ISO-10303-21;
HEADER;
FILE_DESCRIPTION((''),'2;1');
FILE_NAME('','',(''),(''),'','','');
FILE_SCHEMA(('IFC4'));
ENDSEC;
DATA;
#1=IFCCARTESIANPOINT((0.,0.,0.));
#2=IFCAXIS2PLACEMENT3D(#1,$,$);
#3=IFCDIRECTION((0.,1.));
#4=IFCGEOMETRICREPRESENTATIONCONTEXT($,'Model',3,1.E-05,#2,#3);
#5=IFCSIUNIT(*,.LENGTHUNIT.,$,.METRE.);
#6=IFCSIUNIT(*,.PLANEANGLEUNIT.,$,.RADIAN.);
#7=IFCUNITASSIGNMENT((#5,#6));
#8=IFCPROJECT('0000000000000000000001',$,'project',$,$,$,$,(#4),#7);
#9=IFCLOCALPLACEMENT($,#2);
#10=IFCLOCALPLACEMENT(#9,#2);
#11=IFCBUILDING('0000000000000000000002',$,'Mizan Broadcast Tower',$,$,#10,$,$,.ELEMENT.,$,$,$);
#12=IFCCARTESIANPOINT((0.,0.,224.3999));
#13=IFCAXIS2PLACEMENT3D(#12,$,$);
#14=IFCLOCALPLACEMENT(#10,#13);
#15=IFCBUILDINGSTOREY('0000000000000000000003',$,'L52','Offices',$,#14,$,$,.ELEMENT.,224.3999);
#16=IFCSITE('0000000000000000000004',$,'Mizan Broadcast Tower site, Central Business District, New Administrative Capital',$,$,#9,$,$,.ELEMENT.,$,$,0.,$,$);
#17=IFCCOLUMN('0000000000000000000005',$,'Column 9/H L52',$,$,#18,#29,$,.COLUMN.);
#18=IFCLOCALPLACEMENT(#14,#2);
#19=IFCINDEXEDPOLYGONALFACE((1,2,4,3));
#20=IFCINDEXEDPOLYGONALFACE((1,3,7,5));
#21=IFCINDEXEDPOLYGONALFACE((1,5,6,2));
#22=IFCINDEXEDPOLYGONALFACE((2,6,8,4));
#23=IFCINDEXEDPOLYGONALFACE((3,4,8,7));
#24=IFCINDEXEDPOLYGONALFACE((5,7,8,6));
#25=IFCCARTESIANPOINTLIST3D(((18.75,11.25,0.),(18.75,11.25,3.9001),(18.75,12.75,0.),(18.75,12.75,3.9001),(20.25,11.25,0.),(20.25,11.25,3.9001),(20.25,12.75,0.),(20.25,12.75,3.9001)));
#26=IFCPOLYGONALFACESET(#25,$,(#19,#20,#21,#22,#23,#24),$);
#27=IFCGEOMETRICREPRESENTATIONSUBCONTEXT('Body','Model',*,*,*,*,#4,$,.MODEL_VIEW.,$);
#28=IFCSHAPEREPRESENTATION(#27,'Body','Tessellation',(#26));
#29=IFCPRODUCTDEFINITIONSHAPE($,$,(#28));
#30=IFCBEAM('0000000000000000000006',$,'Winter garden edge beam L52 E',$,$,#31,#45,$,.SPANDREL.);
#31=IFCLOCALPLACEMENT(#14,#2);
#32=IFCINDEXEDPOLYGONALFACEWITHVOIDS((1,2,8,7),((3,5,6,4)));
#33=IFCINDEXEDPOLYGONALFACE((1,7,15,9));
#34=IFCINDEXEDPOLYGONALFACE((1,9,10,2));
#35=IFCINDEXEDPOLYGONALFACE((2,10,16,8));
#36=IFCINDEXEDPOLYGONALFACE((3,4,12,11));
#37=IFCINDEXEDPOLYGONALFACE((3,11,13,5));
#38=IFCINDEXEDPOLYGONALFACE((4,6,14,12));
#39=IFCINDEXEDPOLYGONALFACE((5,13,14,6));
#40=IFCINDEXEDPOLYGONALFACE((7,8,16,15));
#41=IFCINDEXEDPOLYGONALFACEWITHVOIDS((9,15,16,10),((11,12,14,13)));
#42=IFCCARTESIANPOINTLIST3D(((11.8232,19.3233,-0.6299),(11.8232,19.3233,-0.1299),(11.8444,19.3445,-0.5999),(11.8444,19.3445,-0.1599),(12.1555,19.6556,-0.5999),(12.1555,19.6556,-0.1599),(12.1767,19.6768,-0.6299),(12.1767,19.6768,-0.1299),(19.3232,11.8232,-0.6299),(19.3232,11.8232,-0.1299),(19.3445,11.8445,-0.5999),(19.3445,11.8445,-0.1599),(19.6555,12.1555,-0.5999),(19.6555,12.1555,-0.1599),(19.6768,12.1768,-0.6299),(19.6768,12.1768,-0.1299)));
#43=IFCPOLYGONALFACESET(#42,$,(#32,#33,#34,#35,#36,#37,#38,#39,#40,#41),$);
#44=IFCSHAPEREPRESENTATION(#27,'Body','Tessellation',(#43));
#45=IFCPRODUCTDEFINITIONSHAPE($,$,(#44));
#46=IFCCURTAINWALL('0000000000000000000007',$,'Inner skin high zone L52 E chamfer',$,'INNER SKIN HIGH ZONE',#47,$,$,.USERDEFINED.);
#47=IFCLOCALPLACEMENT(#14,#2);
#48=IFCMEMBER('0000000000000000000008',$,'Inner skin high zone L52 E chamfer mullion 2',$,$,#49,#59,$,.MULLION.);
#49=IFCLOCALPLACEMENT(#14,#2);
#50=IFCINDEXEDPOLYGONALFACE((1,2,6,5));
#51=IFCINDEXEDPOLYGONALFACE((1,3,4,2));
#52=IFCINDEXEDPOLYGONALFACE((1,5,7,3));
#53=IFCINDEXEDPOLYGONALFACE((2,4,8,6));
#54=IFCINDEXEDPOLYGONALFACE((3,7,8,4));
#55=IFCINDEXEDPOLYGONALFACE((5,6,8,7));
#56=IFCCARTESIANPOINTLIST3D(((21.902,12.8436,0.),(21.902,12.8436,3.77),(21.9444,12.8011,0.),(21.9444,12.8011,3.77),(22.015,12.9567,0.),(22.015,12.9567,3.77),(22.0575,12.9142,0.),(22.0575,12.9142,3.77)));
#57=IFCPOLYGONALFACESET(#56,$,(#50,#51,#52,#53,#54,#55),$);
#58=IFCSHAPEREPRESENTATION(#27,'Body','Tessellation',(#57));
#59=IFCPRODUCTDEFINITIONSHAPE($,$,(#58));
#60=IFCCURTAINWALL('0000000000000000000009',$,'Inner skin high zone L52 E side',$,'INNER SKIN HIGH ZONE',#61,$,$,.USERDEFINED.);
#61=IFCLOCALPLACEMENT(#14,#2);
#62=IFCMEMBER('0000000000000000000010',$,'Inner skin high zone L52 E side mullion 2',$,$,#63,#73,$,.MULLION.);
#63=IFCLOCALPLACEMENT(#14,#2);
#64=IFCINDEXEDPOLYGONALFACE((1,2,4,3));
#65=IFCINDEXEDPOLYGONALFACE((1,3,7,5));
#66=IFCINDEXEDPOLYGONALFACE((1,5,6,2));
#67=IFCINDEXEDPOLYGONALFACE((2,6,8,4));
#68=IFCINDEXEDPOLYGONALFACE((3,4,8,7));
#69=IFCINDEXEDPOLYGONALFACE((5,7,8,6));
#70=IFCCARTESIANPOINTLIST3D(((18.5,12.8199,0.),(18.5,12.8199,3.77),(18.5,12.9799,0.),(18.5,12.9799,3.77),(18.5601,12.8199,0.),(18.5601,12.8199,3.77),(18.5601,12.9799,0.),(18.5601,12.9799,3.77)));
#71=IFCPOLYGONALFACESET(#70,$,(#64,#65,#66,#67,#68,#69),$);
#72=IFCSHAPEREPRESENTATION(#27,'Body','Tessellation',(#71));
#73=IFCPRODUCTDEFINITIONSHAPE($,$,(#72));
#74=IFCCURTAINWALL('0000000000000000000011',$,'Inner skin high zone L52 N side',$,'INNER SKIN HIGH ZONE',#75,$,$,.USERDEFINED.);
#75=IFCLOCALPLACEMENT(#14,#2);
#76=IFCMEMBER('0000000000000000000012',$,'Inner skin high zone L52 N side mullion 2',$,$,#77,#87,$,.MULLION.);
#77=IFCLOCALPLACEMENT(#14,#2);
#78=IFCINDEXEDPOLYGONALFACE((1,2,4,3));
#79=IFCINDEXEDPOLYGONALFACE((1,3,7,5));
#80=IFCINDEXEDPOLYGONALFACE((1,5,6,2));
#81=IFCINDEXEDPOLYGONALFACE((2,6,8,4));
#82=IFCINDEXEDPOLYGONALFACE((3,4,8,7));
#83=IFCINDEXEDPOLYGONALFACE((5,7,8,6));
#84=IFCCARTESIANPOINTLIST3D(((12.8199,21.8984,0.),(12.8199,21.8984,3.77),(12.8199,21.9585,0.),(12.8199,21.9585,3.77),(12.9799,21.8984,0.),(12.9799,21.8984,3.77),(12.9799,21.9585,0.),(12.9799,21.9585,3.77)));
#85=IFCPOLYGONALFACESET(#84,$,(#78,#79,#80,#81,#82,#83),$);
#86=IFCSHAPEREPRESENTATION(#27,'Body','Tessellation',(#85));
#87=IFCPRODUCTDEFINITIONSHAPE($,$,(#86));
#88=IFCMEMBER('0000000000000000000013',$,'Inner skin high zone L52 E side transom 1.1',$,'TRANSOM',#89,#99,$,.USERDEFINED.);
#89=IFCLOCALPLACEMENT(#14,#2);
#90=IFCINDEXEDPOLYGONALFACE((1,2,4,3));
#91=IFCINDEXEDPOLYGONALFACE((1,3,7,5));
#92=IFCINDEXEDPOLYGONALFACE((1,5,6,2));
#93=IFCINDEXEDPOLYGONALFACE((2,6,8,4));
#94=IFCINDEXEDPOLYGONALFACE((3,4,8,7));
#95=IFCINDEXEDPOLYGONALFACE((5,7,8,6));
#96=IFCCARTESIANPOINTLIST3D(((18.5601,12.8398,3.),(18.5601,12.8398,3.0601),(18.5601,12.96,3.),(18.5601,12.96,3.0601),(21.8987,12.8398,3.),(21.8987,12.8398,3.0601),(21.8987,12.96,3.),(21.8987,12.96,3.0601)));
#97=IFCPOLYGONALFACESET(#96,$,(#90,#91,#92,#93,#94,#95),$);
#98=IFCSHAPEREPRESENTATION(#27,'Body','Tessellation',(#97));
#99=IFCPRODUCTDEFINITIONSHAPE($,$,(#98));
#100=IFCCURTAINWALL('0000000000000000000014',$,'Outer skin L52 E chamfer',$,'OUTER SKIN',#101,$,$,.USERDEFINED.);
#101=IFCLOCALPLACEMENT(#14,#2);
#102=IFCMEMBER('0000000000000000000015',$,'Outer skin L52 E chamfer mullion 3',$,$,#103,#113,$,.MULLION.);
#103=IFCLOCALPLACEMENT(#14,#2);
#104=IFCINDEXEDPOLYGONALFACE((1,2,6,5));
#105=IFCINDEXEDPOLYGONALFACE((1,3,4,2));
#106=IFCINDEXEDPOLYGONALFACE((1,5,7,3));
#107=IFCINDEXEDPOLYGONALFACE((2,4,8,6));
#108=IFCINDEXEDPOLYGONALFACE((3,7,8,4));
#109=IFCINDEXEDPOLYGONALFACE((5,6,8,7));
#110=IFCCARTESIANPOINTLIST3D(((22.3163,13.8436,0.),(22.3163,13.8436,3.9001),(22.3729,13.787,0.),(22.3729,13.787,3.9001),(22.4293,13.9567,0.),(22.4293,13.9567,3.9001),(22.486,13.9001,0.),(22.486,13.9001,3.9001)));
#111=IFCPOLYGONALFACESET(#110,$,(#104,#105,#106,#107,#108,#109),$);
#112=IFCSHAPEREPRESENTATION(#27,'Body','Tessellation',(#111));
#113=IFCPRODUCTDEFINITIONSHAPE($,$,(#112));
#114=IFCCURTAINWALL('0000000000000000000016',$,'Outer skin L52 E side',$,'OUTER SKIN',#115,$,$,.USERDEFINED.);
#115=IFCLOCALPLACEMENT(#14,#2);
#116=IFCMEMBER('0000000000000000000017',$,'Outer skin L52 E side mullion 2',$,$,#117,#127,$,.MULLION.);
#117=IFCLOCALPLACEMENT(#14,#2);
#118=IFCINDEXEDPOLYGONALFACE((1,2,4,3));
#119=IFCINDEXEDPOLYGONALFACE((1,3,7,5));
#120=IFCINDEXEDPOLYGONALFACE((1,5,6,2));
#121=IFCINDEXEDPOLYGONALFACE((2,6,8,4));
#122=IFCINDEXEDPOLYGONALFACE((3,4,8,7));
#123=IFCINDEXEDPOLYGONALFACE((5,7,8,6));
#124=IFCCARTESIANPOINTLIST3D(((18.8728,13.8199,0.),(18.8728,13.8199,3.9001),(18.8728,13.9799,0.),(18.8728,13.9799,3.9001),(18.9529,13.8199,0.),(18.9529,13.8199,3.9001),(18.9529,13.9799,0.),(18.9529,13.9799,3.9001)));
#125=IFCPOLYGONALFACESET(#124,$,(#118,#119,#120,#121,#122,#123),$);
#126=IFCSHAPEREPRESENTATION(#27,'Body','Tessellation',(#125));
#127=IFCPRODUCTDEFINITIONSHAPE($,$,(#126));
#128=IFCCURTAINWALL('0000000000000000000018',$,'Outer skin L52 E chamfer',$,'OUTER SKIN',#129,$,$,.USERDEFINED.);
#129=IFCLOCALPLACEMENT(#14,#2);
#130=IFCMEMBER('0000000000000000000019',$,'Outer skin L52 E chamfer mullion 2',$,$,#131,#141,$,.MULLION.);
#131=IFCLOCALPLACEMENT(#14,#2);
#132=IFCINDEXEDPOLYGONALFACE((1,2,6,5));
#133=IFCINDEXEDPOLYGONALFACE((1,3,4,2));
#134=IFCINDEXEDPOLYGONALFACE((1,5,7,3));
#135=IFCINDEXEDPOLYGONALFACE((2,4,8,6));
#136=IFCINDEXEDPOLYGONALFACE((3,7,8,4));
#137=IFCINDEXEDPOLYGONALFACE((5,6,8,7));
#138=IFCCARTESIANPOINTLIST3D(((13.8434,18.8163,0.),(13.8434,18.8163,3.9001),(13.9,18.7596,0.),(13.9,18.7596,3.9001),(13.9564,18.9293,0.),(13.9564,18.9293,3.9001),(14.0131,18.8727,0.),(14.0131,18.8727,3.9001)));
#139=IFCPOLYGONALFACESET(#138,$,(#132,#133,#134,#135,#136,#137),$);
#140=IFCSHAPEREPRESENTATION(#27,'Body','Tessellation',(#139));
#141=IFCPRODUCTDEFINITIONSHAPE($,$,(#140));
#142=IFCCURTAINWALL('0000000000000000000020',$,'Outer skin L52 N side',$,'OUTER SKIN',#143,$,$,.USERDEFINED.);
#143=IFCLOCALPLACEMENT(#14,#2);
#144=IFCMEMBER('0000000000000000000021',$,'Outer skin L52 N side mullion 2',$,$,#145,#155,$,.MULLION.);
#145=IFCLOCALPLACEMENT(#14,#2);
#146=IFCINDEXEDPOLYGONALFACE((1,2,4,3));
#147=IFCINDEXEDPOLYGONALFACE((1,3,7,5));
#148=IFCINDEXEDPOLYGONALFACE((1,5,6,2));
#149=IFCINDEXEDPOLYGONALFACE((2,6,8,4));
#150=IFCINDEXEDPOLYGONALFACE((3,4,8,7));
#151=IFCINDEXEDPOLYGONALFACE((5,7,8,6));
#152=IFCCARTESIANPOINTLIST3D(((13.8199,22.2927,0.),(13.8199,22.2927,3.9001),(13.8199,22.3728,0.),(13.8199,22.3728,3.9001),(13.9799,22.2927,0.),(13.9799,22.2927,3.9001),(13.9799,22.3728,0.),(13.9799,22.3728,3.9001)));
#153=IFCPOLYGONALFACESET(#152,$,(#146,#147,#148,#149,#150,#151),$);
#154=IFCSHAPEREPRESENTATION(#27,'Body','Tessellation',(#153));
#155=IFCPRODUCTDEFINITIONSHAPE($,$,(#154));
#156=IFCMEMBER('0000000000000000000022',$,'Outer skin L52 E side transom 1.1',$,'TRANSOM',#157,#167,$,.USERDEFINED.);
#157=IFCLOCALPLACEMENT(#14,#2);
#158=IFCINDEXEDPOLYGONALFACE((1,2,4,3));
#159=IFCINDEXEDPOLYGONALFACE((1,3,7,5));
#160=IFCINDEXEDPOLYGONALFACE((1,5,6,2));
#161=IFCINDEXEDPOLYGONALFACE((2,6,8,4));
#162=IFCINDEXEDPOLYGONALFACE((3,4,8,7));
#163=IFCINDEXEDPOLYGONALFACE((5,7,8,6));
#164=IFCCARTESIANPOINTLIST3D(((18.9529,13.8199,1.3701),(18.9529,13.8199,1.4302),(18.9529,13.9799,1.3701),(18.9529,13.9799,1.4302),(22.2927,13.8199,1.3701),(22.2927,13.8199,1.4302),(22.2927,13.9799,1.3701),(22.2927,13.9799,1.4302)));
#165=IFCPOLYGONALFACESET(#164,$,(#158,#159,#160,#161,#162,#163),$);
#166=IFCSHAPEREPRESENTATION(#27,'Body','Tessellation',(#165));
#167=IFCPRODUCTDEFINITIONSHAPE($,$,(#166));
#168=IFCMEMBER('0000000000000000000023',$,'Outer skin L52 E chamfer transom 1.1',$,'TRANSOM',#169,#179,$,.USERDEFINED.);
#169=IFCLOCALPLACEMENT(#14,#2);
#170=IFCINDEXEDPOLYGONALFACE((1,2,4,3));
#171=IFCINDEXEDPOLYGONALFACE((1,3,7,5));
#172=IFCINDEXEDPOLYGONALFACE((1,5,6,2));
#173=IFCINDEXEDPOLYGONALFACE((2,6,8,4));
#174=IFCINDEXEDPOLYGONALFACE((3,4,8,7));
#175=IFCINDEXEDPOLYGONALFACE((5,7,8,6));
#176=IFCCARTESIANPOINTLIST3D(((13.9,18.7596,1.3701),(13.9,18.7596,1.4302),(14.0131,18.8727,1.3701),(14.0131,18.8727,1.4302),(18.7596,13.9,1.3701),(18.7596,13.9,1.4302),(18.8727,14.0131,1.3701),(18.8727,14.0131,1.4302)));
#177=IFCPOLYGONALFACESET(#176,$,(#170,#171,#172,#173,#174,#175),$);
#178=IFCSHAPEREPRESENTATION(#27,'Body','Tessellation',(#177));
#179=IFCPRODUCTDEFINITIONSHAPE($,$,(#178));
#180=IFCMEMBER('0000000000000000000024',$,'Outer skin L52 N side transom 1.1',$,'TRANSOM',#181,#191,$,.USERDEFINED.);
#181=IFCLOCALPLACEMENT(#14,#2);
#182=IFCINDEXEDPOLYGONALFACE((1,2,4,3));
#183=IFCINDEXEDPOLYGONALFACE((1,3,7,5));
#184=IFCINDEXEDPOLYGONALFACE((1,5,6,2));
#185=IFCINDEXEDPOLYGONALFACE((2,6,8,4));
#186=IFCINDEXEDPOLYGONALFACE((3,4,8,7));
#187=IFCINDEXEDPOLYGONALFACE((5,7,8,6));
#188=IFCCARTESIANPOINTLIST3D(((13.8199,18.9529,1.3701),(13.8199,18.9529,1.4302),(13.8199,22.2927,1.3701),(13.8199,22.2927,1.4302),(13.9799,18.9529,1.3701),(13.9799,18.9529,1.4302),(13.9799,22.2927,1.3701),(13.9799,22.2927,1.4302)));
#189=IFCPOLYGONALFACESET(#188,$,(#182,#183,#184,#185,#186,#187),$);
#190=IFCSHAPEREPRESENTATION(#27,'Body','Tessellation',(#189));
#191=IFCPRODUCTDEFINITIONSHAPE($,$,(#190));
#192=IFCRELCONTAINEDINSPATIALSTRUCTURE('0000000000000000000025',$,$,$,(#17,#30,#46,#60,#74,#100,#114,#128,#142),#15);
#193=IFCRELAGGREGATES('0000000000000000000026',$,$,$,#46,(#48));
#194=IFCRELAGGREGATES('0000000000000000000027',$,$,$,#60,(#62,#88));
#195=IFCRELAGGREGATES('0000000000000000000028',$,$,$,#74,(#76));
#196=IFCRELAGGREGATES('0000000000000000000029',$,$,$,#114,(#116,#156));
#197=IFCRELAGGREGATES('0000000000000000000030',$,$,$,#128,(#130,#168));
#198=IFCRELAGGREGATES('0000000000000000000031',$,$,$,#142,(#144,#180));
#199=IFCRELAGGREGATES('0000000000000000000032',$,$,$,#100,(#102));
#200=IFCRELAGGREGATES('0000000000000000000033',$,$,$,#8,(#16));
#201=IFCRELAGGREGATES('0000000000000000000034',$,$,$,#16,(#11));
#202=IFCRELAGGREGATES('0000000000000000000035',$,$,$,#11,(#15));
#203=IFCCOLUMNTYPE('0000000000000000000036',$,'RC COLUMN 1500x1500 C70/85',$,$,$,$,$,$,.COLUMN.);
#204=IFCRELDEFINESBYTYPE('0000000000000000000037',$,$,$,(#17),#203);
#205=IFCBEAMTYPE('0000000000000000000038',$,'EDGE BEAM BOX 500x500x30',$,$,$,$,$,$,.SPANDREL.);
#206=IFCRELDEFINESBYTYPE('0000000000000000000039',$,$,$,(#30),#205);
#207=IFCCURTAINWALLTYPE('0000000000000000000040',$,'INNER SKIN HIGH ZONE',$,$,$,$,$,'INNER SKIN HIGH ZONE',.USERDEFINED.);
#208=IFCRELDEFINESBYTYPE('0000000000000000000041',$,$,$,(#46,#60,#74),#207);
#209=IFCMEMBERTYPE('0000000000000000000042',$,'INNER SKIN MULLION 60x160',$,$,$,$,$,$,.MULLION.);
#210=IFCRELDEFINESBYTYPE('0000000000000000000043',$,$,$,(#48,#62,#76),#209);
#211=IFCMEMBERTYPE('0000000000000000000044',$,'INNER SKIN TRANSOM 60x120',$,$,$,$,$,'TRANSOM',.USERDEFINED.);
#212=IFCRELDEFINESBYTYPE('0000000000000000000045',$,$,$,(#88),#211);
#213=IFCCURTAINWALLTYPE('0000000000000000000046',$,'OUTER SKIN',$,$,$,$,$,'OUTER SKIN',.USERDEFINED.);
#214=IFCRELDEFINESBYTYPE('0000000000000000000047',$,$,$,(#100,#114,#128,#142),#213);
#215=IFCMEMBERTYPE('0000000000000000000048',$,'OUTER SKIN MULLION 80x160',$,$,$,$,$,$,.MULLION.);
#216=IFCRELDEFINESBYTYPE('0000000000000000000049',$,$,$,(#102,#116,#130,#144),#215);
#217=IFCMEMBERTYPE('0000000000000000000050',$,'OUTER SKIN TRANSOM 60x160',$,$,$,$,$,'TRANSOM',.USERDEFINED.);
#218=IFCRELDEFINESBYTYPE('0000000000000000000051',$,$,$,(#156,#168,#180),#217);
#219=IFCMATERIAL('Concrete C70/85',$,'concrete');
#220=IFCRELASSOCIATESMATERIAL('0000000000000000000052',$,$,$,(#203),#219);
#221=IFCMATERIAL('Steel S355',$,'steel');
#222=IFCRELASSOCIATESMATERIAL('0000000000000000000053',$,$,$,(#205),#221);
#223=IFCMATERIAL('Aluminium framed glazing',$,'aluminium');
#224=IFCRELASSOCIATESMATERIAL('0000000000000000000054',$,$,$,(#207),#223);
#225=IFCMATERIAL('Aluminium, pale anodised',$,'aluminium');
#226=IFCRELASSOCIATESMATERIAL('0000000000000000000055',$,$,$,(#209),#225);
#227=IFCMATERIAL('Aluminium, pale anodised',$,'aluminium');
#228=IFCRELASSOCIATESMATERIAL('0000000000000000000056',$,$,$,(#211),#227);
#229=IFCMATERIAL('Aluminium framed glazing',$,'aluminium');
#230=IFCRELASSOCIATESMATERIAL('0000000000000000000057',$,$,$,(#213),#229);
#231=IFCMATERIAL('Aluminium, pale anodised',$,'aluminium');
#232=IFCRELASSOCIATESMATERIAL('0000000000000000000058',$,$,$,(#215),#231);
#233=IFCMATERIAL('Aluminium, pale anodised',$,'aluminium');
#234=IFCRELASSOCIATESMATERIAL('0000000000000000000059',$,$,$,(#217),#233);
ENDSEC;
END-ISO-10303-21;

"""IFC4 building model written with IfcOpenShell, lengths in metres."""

from ifc_helpers import new_model, si_unit, direction, frame, origin, origin_2d, place, context, subcontext, project, spatial, rectangle, hollow_rectangle, extrude, material, material_profile, profile_set, type_object, element, aggregate, save


model = new_model("IFC4")

# Units and contexts
model_context = context("Model", 3, precision=1e-05, world=origin(), true_north=direction((0.0, 1.0)))
body_context = subcontext(model_context, "Body", "Model", "MODEL_VIEW")
ifc_project = project(units=[si_unit("LENGTHUNIT", "METRE"), si_unit("PLANEANGLEUNIT", "RADIAN")], contexts=[model_context])

# Site, building, storey
site_placement = place(None, origin())
site = spatial("IfcSite", under=ifc_project, at=site_placement, Name="Mizan Broadcast Tower site, Central Business District, New Administrative Capital", CompositionType="ELEMENT", RefElevation=0.0)
building_placement = place(site_placement, origin())
building = spatial("IfcBuilding", under=site, at=building_placement, Name="Mizan Broadcast Tower", CompositionType="ELEMENT")
storey_placement = place(building_placement, frame((0.0, 0.0, 224.3999)))
storey = spatial("IfcBuildingStorey", under=building, at=storey_placement, Name="L52", Description="Offices", CompositionType="ELEMENT", Elevation=224.3999)

# Column
ifc_material_1 = material(Name="Concrete C70/85", Category="concrete")
ifc_material_profile_1 = material_profile(ifc_material_1, rectangle(XDim=1.5, YDim=1.5, at=origin_2d()), Name="RC 1500x1500")
ifc_profile_set_1 = profile_set([ifc_material_profile_1], Name="Concrete C70/85")
column_type = type_object("IfcColumnType", Name="RC COLUMN 1500x1500 C70/85", PredefinedType="COLUMN", material=ifc_profile_set_1)
column_placement = place(storey_placement, frame((19.5, 12.0, 0.0), z_axis=(0.0, 0.0, 1.0), x_axis=(1.0, 0.0, 0.0)))
element("IfcColumn", 1, at=column_placement, inside=storey, type_object=column_type, Name="Column 9/H L52", PredefinedType="COLUMN", context=body_context, shape_type="SweptSolid", body=[
    extrude(rectangle(XDim=1.5, YDim=1.5, at=origin_2d()), origin(), (0.0, 0.0, 1.0), 3.9001),
])

# Beam
ifc_material_2 = material(Name="Steel S355", Category="steel")
ifc_material_profile_2 = material_profile(ifc_material_2, hollow_rectangle(XDim=0.5, YDim=0.5, WallThickness=0.03, at=origin_2d()), Name="BOX 500x500x30")
ifc_profile_set_2 = profile_set([ifc_material_profile_2], Name="Steel S355")
beam_type = type_object("IfcBeamType", Name="EDGE BEAM BOX 500x500x30", PredefinedType="SPANDREL", material=ifc_profile_set_2)
beam_placement = place(storey_placement, frame((19.5, 12.0, -0.3799), z_axis=(-0.707107, 0.707107, 0.0), x_axis=(-0.707107, -0.707107, 0.0)))
element("IfcBeam", 2, at=beam_placement, inside=storey, type_object=beam_type, Name="Winter garden edge beam L52 E", PredefinedType="SPANDREL", context=body_context, shape_type="SweptSolid", body=[
    extrude(hollow_rectangle(XDim=0.5, YDim=0.5, WallThickness=0.03, at=origin_2d()), origin(), (0.0, 0.0, 1.0), 10.6067),
])

# Curtain walls, members
ifc_material_3 = material(Name="Aluminium framed glazing", Category="aluminium")
curtain_wall_type_1 = type_object("IfcCurtainWallType", Name="INNER SKIN HIGH ZONE", ElementType="INNER SKIN HIGH ZONE", PredefinedType="USERDEFINED", material=ifc_material_3)
curtain_wall_1_placement = place(storey_placement, origin())
curtain_wall_1 = element("IfcCurtainWall", 3, at=curtain_wall_1_placement, inside=storey, type_object=curtain_wall_type_1, Name="Inner skin high zone L52 E chamfer", ObjectType="INNER SKIN HIGH ZONE", PredefinedType="USERDEFINED")
ifc_material_4 = material(Name="Aluminium, pale anodised", Category="aluminium")
ifc_material_profile_3 = material_profile(ifc_material_4, rectangle(XDim=0.1599, YDim=0.0601, at=origin_2d()), Name="MULLION 160x60")
ifc_profile_set_3 = profile_set([ifc_material_profile_3], Name="Aluminium, pale anodised")
member_type_1 = type_object("IfcMemberType", Name="INNER SKIN MULLION 60x160", PredefinedType="MULLION", material=ifc_profile_set_3)
member_1_placement = place(storey_placement, frame((21.9797, 12.8789, 0.0), z_axis=(0.0, 0.0, 1.0), x_axis=(-0.707107, -0.707107, 0.0)))
member_1 = element("IfcMember", 4, at=member_1_placement, type_object=member_type_1, Name="Inner skin high zone L52 E chamfer mullion 2", PredefinedType="MULLION", context=body_context, shape_type="SweptSolid", body=[
    extrude(rectangle(XDim=0.1599, YDim=0.0601, at=origin_2d()), origin(), (0.0, 0.0, 1.0), 3.77),
])
aggregate(curtain_wall_1, [member_1])
curtain_wall_2_placement = place(storey_placement, origin())
curtain_wall_2 = element("IfcCurtainWall", 5, at=curtain_wall_2_placement, inside=storey, type_object=curtain_wall_type_1, Name="Inner skin high zone L52 E side", ObjectType="INNER SKIN HIGH ZONE", PredefinedType="USERDEFINED")
member_2_placement = place(storey_placement, frame((18.53, 12.8999, 0.0), z_axis=(0.0, 0.0, 1.0), x_axis=(0.0, -1.0, 0.0)))
member_2 = element("IfcMember", 6, at=member_2_placement, type_object=member_type_1, Name="Inner skin high zone L52 E side mullion 2", PredefinedType="MULLION", context=body_context, shape_type="SweptSolid", body=[
    extrude(rectangle(XDim=0.1599, YDim=0.0601, at=origin_2d()), origin(), (0.0, 0.0, 1.0), 3.77),
])
curtain_wall_3_placement = place(storey_placement, origin())
curtain_wall_3 = element("IfcCurtainWall", 7, at=curtain_wall_3_placement, inside=storey, type_object=curtain_wall_type_1, Name="Inner skin high zone L52 N side", ObjectType="INNER SKIN HIGH ZONE", PredefinedType="USERDEFINED")
member_3_placement = place(storey_placement, frame((12.8999, 21.9285, 0.0), z_axis=(0.0, 0.0, 1.0), x_axis=(-1.0, 0.0, 0.0)))
member_3 = element("IfcMember", 8, at=member_3_placement, type_object=member_type_1, Name="Inner skin high zone L52 N side mullion 2", PredefinedType="MULLION", context=body_context, shape_type="SweptSolid", body=[
    extrude(rectangle(XDim=0.1599, YDim=0.0601, at=origin_2d()), origin(), (0.0, 0.0, 1.0), 3.77),
])

# Member
ifc_material_5 = material(Name="Aluminium, pale anodised", Category="aluminium")
ifc_material_profile_4 = material_profile(ifc_material_5, rectangle(XDim=0.1201, YDim=0.0601, at=origin_2d()), Name="TRANSOM 120x60")
ifc_profile_set_4 = profile_set([ifc_material_profile_4], Name="Aluminium, pale anodised")
member_type_2 = type_object("IfcMemberType", Name="INNER SKIN TRANSOM 60x120", ElementType="TRANSOM", PredefinedType="USERDEFINED", material=ifc_profile_set_4)
member_4_placement = place(storey_placement, frame((21.8987, 12.8999, 3.03), z_axis=(-1.0, 0.0, 0.0), x_axis=(0.0, -1.0, 0.0)))
member_4 = element("IfcMember", 9, at=member_4_placement, type_object=member_type_2, Name="Inner skin high zone L52 E side transom 1.1", ObjectType="TRANSOM", PredefinedType="USERDEFINED", context=body_context, shape_type="SweptSolid", body=[
    extrude(rectangle(XDim=0.1201, YDim=0.0601, at=origin_2d()), origin(), (0.0, 0.0, 1.0), 3.3386),
])

# Curtain walls, members
ifc_material_6 = material(Name="Aluminium framed glazing", Category="aluminium")
curtain_wall_type_2 = type_object("IfcCurtainWallType", Name="OUTER SKIN", ElementType="OUTER SKIN", PredefinedType="USERDEFINED", material=ifc_material_6)
curtain_wall_4_placement = place(storey_placement, origin())
curtain_wall_4 = element("IfcCurtainWall", 10, at=curtain_wall_4_placement, inside=storey, type_object=curtain_wall_type_2, Name="Outer skin L52 E chamfer", ObjectType="OUTER SKIN", PredefinedType="USERDEFINED")
ifc_material_7 = material(Name="Aluminium, pale anodised", Category="aluminium")
ifc_material_profile_5 = material_profile(ifc_material_7, rectangle(XDim=0.1599, YDim=0.0801, at=origin_2d()), Name="MULLION 160x80")
ifc_profile_set_5 = profile_set([ifc_material_profile_5], Name="Aluminium, pale anodised")
member_type_3 = type_object("IfcMemberType", Name="OUTER SKIN MULLION 80x160", PredefinedType="MULLION", material=ifc_profile_set_5)
member_5_placement = place(storey_placement, frame((22.4011, 13.8718, 0.0), z_axis=(0.0, 0.0, 1.0), x_axis=(-0.707107, -0.707107, 0.0)))
member_5 = element("IfcMember", 11, at=member_5_placement, type_object=member_type_3, Name="Outer skin L52 E chamfer mullion 3", PredefinedType="MULLION", context=body_context, shape_type="SweptSolid", body=[
    extrude(rectangle(XDim=0.1599, YDim=0.0801, at=origin_2d()), origin(), (0.0, 0.0, 1.0), 3.9001),
])
curtain_wall_5_placement = place(storey_placement, origin())
curtain_wall_5 = element("IfcCurtainWall", 12, at=curtain_wall_5_placement, inside=storey, type_object=curtain_wall_type_2, Name="Outer skin L52 E side", ObjectType="OUTER SKIN", PredefinedType="USERDEFINED")
member_6_placement = place(storey_placement, frame((18.9128, 13.8999, 0.0), z_axis=(0.0, 0.0, 1.0), x_axis=(0.0, -1.0, 0.0)))
member_6 = element("IfcMember", 13, at=member_6_placement, type_object=member_type_3, Name="Outer skin L52 E side mullion 2", PredefinedType="MULLION", context=body_context, shape_type="SweptSolid", body=[
    extrude(rectangle(XDim=0.1599, YDim=0.0801, at=origin_2d()), origin(), (0.0, 0.0, 1.0), 3.9001),
])
curtain_wall_6_placement = place(storey_placement, origin())
curtain_wall_6 = element("IfcCurtainWall", 14, at=curtain_wall_6_placement, inside=storey, type_object=curtain_wall_type_2, Name="Outer skin L52 E chamfer", ObjectType="OUTER SKIN", PredefinedType="USERDEFINED")
member_7_placement = place(storey_placement, frame((13.9282, 18.8445, 0.0), z_axis=(0.0, 0.0, 1.0), x_axis=(-0.707107, -0.707107, 0.0)))
member_7 = element("IfcMember", 15, at=member_7_placement, type_object=member_type_3, Name="Outer skin L52 E chamfer mullion 2", PredefinedType="MULLION", context=body_context, shape_type="SweptSolid", body=[
    extrude(rectangle(XDim=0.1599, YDim=0.0801, at=origin_2d()), origin(), (0.0, 0.0, 1.0), 3.9001),
])
curtain_wall_7_placement = place(storey_placement, origin())
curtain_wall_7 = element("IfcCurtainWall", 16, at=curtain_wall_7_placement, inside=storey, type_object=curtain_wall_type_2, Name="Outer skin L52 N side", ObjectType="OUTER SKIN", PredefinedType="USERDEFINED")
member_8_placement = place(storey_placement, frame((13.8999, 22.3328, 0.0), z_axis=(0.0, 0.0, 1.0), x_axis=(-1.0, 0.0, 0.0)))
member_8 = element("IfcMember", 17, at=member_8_placement, type_object=member_type_3, Name="Outer skin L52 N side mullion 2", PredefinedType="MULLION", context=body_context, shape_type="SweptSolid", body=[
    extrude(rectangle(XDim=0.1599, YDim=0.0801, at=origin_2d()), origin(), (0.0, 0.0, 1.0), 3.9001),
])

# Members
ifc_material_8 = material(Name="Aluminium, pale anodised", Category="aluminium")
ifc_material_profile_6 = material_profile(ifc_material_8, rectangle(XDim=0.1599, YDim=0.0601, at=origin_2d()), Name="TRANSOM 160x60")
ifc_profile_set_6 = profile_set([ifc_material_profile_6], Name="Aluminium, pale anodised")
member_type_4 = type_object("IfcMemberType", Name="OUTER SKIN TRANSOM 60x160", ElementType="TRANSOM", PredefinedType="USERDEFINED", material=ifc_profile_set_6)
member_9_placement = place(storey_placement, frame((22.2927, 13.8999, 1.4001), z_axis=(-1.0, 0.0, 0.0), x_axis=(0.0, -1.0, 0.0)))
member_9 = element("IfcMember", 18, at=member_9_placement, type_object=member_type_4, Name="Outer skin L52 E side transom 1.1", ObjectType="TRANSOM", PredefinedType="USERDEFINED", context=body_context, shape_type="SweptSolid", body=[
    extrude(rectangle(XDim=0.1599, YDim=0.0601, at=origin_2d()), origin(), (0.0, 0.0, 1.0), 3.3398),
])
member_10_placement = place(storey_placement, frame((18.8162, 13.9565, 1.4001), z_axis=(-0.707107, 0.707107, 0.0), x_axis=(-0.707107, -0.707107, 0.0)))
member_10 = element("IfcMember", 19, at=member_10_placement, type_object=member_type_4, Name="Outer skin L52 E chamfer transom 1.1", ObjectType="TRANSOM", PredefinedType="USERDEFINED", context=body_context, shape_type="SweptSolid", body=[
    extrude(rectangle(XDim=0.1599, YDim=0.0601, at=origin_2d()), origin(), (0.0, 0.0, 1.0), 6.8726),
])
member_11_placement = place(storey_placement, frame((13.8999, 18.9529, 1.4001), z_axis=(0.0, 1.0, 0.0), x_axis=(-1.0, 0.0, 0.0)))
member_11 = element("IfcMember", 20, at=member_11_placement, type_object=member_type_4, Name="Outer skin L52 N side transom 1.1", ObjectType="TRANSOM", PredefinedType="USERDEFINED", context=body_context, shape_type="SweptSolid", body=[
    extrude(rectangle(XDim=0.1599, YDim=0.0601, at=origin_2d()), origin(), (0.0, 0.0, 1.0), 3.3398),
])

aggregate(curtain_wall_2, [member_2, member_4])
aggregate(curtain_wall_3, [member_3])
aggregate(curtain_wall_5, [member_6, member_9])
aggregate(curtain_wall_6, [member_7, member_10])
aggregate(curtain_wall_7, [member_8, member_11])
aggregate(curtain_wall_4, [member_5])

save(model, "model.ifc")
